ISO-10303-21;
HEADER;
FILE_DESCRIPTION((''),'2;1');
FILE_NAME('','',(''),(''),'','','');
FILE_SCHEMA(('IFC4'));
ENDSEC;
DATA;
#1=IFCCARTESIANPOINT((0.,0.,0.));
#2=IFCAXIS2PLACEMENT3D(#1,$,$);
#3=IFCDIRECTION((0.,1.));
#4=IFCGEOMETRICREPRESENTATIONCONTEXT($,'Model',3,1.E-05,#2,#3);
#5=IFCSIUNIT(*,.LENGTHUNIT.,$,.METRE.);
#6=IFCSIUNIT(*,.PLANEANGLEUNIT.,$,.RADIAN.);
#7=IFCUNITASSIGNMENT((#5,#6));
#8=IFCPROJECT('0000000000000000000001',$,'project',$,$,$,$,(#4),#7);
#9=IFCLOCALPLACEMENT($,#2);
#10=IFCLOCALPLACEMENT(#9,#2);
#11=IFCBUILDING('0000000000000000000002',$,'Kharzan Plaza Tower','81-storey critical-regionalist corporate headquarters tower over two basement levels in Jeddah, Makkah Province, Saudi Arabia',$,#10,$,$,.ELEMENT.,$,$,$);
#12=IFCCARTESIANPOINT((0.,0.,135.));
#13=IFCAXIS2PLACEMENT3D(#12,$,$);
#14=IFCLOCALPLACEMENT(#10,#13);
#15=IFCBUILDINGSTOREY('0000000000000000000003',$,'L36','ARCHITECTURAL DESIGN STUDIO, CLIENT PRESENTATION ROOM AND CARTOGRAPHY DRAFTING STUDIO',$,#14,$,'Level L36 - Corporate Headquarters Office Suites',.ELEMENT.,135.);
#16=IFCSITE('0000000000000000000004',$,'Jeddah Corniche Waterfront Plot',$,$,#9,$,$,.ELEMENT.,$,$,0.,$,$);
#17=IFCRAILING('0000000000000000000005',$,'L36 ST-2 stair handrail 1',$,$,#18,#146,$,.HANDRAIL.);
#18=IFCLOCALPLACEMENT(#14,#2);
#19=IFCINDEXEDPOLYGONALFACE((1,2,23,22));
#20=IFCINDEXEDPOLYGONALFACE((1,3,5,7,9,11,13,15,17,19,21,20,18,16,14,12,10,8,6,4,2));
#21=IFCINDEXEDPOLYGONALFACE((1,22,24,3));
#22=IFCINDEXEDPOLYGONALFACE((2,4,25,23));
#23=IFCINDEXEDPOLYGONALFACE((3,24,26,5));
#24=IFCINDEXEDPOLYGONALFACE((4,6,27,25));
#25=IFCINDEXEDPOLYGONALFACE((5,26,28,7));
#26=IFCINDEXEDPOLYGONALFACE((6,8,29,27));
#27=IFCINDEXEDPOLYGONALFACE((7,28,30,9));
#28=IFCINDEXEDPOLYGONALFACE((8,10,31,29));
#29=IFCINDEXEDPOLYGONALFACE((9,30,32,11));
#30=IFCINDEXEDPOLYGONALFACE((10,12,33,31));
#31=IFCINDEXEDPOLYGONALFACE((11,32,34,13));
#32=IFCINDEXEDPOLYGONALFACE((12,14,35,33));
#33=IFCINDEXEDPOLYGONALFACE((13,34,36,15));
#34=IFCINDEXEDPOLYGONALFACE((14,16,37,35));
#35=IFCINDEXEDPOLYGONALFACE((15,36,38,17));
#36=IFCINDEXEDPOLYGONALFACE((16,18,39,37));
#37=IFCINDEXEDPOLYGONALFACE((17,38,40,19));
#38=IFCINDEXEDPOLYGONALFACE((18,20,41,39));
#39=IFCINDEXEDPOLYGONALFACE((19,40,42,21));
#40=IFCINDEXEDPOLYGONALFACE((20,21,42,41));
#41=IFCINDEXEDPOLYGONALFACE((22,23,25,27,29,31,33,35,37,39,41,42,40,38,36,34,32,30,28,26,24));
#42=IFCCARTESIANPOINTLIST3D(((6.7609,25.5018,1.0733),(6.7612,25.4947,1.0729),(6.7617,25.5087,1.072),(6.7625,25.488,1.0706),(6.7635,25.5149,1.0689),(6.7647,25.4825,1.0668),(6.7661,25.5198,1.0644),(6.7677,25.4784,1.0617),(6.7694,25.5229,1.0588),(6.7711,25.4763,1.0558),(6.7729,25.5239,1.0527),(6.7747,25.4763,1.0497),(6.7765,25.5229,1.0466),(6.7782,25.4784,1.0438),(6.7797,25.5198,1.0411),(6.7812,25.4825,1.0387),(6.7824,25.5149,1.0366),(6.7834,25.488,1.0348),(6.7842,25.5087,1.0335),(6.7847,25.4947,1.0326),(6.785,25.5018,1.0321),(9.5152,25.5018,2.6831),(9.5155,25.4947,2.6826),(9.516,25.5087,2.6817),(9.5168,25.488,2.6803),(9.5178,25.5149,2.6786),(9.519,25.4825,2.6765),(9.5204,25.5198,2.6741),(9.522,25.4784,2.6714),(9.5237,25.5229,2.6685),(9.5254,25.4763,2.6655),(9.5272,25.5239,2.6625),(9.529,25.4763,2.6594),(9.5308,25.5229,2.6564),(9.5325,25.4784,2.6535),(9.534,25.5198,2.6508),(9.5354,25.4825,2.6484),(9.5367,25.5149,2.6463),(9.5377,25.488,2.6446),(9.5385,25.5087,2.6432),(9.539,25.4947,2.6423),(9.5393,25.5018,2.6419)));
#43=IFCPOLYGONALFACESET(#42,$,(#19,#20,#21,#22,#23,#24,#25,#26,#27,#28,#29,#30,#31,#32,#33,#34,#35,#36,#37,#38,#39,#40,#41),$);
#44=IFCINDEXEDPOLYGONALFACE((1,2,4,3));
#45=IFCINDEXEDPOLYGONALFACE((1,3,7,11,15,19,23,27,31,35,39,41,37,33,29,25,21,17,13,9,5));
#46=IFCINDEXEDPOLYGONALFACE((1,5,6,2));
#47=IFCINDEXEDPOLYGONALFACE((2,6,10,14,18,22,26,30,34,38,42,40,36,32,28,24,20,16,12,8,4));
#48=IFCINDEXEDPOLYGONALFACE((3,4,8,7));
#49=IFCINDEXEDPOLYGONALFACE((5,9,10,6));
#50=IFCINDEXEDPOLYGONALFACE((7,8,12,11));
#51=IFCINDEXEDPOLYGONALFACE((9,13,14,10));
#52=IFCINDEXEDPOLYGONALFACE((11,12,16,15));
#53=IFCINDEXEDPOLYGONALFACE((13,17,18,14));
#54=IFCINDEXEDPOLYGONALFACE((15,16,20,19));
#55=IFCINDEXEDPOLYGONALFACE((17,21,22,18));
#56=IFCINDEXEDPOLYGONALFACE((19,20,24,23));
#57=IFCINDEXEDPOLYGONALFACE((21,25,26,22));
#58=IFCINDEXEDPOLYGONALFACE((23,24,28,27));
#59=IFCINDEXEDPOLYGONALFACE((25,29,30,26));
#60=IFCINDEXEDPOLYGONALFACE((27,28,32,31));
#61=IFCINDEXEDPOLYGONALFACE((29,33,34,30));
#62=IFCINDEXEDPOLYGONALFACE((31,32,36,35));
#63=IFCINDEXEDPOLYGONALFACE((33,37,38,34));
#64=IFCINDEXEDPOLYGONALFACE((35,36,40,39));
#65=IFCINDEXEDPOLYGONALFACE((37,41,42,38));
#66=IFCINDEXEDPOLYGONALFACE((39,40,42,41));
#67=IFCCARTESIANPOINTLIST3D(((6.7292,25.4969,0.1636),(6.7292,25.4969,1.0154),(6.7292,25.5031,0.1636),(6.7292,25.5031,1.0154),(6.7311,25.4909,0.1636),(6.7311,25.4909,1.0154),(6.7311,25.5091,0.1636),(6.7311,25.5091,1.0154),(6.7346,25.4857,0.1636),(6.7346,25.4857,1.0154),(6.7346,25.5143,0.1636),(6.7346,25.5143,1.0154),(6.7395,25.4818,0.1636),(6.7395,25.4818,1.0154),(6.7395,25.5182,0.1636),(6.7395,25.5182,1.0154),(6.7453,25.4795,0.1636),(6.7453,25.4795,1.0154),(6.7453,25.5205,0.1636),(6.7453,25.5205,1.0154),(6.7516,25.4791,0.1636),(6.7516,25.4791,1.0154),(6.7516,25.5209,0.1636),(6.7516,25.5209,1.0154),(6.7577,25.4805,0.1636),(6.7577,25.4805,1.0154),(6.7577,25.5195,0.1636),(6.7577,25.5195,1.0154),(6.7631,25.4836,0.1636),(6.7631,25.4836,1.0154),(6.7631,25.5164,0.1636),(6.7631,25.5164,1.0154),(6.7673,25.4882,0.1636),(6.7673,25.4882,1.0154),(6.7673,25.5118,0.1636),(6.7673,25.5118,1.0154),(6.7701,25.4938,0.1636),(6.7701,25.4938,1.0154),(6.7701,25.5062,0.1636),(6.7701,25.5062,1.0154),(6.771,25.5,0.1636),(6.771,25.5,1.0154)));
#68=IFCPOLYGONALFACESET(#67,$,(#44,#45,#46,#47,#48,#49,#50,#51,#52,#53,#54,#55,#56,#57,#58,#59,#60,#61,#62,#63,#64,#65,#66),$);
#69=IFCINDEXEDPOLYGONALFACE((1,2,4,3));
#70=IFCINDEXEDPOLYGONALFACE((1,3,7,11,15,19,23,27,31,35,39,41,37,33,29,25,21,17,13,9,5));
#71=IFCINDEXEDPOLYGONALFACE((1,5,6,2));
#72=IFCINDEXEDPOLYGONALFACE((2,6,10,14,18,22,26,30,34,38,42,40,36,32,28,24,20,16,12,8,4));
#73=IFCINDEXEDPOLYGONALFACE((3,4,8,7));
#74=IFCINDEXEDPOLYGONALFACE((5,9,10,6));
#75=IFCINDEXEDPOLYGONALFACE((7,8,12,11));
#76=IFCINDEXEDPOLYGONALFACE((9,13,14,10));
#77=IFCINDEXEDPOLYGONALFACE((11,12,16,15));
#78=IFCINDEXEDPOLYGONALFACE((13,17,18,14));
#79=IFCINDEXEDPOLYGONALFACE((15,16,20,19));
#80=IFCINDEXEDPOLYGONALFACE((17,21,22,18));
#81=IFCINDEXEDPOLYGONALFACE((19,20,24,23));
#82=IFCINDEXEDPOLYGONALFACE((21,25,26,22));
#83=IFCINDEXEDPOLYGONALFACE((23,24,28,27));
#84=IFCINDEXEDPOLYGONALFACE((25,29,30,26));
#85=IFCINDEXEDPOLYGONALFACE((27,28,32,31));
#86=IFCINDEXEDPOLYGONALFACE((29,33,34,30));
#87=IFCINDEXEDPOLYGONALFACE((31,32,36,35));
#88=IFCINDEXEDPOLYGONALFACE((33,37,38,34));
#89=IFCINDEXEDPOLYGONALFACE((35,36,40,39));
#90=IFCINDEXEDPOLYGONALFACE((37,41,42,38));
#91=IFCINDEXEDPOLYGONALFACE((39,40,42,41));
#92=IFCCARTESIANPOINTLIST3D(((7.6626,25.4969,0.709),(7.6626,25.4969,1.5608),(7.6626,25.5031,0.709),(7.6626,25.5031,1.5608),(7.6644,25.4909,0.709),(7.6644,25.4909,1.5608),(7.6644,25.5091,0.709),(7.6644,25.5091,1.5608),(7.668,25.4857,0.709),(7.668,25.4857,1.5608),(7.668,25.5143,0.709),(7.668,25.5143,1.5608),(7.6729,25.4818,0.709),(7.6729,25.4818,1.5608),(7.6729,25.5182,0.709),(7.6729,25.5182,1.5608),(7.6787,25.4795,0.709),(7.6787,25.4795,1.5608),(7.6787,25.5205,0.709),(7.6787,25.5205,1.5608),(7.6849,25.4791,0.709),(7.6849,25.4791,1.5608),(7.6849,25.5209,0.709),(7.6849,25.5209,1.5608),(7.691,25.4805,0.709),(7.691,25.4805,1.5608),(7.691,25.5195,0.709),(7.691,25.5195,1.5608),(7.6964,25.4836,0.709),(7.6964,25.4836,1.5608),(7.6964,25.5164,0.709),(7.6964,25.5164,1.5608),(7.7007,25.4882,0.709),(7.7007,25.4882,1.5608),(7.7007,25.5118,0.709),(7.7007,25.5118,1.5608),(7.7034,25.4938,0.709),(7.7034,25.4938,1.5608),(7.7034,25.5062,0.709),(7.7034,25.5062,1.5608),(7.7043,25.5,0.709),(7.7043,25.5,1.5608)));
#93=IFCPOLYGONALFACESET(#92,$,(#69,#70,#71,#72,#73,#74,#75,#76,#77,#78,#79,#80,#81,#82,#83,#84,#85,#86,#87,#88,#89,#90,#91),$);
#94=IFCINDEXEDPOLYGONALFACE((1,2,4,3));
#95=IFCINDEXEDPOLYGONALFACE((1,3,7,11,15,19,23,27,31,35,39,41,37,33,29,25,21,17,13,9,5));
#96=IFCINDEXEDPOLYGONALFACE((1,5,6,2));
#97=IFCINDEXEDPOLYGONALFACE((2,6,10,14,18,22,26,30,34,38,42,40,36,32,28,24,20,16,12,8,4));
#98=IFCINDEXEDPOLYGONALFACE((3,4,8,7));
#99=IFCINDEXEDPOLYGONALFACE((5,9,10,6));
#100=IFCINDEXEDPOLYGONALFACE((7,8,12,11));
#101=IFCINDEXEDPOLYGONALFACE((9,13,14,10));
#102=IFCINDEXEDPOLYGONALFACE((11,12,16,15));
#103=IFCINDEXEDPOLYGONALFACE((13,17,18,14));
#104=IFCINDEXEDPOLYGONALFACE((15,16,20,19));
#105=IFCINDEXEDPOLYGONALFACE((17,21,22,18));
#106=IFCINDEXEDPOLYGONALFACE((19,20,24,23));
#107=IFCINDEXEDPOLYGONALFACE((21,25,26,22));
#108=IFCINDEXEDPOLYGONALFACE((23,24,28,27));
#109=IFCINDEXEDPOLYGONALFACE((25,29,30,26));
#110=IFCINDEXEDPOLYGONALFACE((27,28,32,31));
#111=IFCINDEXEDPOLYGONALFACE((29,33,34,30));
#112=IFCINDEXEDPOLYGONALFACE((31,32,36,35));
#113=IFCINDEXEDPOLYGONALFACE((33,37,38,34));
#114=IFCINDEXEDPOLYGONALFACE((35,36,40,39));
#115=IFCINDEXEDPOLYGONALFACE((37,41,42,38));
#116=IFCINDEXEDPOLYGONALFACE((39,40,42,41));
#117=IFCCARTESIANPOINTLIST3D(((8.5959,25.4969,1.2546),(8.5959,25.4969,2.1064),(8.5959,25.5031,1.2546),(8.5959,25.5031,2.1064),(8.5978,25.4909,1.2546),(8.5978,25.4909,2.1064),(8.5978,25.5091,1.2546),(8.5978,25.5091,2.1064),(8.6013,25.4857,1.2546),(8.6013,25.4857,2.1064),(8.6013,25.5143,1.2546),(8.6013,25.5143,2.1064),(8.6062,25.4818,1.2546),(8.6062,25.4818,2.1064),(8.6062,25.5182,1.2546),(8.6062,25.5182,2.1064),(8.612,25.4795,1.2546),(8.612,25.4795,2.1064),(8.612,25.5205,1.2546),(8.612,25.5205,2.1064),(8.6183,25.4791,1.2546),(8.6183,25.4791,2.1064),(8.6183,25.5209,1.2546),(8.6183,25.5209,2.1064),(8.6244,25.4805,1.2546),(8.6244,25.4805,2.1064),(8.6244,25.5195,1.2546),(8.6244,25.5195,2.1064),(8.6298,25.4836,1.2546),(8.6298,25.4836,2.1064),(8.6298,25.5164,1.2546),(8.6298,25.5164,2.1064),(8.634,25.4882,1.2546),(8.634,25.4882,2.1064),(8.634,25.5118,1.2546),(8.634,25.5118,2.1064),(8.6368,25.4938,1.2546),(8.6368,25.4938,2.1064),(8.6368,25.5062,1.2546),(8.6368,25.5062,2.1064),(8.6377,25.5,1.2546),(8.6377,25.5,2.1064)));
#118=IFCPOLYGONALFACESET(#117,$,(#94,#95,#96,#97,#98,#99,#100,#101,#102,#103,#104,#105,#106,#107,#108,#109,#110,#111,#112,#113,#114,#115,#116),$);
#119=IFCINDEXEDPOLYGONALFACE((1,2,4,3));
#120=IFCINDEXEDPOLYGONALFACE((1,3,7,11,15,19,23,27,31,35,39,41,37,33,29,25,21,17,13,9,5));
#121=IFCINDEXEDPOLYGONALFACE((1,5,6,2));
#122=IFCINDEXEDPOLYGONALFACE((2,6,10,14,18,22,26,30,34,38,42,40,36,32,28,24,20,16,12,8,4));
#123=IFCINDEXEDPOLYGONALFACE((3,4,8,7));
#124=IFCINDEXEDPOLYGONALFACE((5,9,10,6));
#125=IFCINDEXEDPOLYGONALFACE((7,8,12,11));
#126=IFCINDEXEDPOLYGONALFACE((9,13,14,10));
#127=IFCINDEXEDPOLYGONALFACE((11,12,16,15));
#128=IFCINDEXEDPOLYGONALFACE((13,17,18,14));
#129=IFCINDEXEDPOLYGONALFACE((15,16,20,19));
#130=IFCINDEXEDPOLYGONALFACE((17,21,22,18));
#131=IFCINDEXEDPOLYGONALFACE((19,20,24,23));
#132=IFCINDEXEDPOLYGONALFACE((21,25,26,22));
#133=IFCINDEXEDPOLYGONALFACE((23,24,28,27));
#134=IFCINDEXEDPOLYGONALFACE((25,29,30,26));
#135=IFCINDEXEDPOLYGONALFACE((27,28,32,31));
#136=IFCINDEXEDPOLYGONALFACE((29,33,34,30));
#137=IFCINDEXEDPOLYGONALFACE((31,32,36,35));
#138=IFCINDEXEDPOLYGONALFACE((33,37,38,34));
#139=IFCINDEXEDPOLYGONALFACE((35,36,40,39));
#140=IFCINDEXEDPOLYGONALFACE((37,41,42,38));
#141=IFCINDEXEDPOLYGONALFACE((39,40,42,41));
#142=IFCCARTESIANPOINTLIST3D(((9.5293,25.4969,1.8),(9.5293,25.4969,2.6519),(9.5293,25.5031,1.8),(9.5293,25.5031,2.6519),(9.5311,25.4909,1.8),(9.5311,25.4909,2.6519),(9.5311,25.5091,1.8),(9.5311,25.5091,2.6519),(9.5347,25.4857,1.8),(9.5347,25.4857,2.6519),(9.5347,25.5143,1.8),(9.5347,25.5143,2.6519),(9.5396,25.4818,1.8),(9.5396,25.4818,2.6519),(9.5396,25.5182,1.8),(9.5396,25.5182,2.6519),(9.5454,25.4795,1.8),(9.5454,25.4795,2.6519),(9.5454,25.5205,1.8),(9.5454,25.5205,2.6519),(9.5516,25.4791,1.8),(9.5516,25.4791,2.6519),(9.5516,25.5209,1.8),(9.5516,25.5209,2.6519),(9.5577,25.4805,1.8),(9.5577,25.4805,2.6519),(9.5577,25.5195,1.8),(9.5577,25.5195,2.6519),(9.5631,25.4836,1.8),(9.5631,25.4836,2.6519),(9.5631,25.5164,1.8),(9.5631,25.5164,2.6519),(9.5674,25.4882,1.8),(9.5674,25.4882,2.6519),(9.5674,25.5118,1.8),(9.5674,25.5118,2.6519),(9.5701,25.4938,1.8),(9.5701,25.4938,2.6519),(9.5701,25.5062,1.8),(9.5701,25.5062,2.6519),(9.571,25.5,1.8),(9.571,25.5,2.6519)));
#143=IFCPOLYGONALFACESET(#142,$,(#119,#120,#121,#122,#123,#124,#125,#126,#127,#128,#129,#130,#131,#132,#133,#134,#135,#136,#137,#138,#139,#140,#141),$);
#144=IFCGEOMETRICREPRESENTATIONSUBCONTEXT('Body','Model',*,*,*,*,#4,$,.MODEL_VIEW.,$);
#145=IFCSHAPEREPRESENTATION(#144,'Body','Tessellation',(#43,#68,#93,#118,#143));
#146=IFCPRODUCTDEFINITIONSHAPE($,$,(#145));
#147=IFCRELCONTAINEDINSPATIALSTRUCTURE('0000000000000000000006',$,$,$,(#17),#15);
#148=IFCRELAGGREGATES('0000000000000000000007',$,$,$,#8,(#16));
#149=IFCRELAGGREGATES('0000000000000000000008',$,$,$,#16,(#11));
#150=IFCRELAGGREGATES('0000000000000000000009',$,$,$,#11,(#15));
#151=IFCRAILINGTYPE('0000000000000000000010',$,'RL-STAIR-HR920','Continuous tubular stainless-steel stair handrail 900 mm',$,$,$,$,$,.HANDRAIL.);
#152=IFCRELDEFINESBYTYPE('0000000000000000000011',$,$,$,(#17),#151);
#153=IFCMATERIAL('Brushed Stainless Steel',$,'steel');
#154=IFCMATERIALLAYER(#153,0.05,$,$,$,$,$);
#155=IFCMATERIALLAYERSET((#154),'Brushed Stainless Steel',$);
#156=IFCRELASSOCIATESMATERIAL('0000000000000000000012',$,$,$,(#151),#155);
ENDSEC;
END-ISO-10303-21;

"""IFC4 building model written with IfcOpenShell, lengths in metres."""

from ifc_helpers import new_model, si_unit, direction, frame, origin, origin_2d, place, context, subcontext, project, spatial, circle, extrude, source, transform, mapped, material, layer, layer_set, type_object, element, save


model = new_model("IFC4")

# Units and contexts
model_context = context("Model", 3, precision=1e-05, world=origin(), true_north=direction((0.0, 1.0)))
body_context = subcontext(model_context, "Body", "Model", "MODEL_VIEW")
ifc_project = project(units=[si_unit("LENGTHUNIT", "METRE"), si_unit("PLANEANGLEUNIT", "RADIAN")], contexts=[model_context])

# Site, building, storey
site_placement = place(None, origin())
site = spatial("IfcSite", under=ifc_project, at=site_placement, Name="Jeddah Corniche Waterfront Plot", CompositionType="ELEMENT", RefElevation=0.0)
building_placement = place(site_placement, origin())
building = spatial("IfcBuilding", under=site, at=building_placement, Name="Kharzan Plaza Tower", Description="81-storey critical-regionalist corporate headquarters tower over two basement levels in Jeddah, Makkah Province, Saudi Arabia", CompositionType="ELEMENT")
storey_placement = place(building_placement, frame((0.0, 0.0, 135.0)))
storey = spatial("IfcBuildingStorey", under=building, at=storey_placement, Name="L36", Description="ARCHITECTURAL DESIGN STUDIO, CLIENT PRESENTATION ROOM AND CARTOGRAPHY DRAFTING STUDIO", LongName="Level L36 - Corporate Headquarters Office Suites", CompositionType="ELEMENT", Elevation=135.0)

# Shared definitions
ifc_material_1 = material(Name="Brushed Stainless Steel", Category="steel")

# Railing
ifc_layer_1 = layer(ifc_material_1, 0.05)
ifc_layer_set_1 = layer_set([ifc_layer_1], Name="Brushed Stainless Steel")
railing_type_1 = type_object("IfcRailingType", Name="RL-STAIR-HR920", Description="Continuous tubular stainless-steel stair handrail 900 mm", PredefinedType="HANDRAIL", material=ifc_layer_set_1)
shared_shape_1 = source(origin(), body_context, "Body", "SweptSolid", [
    extrude(circle(Radius=0.0239, at=origin_2d()), frame((0.0229, 0.0, 0.8892), z_axis=(0.863361, 0.0, 0.504587), x_axis=(0.0, 1.0, 0.0)), (0.0, 0.0, 1.0), 3.1902),
    extrude(circle(Radius=0.021, at=origin_2d()), origin(), (0.0, 0.0, 1.0), 0.8518),
    extrude(circle(Radius=0.021, at=origin_2d()), frame((0.9333, 0.0, 0.5454)), (0.0, 0.0, 1.0), 0.8518),
    extrude(circle(Radius=0.021, at=origin_2d()), frame((1.8667, 0.0, 1.0911)), (0.0, 0.0, 1.0), 0.8518),
    extrude(circle(Radius=0.021, at=origin_2d()), frame((2.8, 0.0, 1.6365)), (0.0, 0.0, 1.0), 0.8518),
])
railing_1_placement = place(storey_placement, frame((6.75, 25.5, 0.1636)))
element("IfcRailing", 1, at=railing_1_placement, inside=storey, type_object=railing_type_1, Name="L36 ST-2 stair handrail 1", PredefinedType="HANDRAIL", context=body_context, shape_type="MappedRepresentation", body=[
    mapped(shared_shape_1, transform((0.0, 0.0, 0.0), x_axis=(1.0, 0.0, 0.0), y_axis=(0.0, 1.0, 0.0), z_axis=(0.0, 0.0, 1.0))),
])

save(model, "model.ifc")
